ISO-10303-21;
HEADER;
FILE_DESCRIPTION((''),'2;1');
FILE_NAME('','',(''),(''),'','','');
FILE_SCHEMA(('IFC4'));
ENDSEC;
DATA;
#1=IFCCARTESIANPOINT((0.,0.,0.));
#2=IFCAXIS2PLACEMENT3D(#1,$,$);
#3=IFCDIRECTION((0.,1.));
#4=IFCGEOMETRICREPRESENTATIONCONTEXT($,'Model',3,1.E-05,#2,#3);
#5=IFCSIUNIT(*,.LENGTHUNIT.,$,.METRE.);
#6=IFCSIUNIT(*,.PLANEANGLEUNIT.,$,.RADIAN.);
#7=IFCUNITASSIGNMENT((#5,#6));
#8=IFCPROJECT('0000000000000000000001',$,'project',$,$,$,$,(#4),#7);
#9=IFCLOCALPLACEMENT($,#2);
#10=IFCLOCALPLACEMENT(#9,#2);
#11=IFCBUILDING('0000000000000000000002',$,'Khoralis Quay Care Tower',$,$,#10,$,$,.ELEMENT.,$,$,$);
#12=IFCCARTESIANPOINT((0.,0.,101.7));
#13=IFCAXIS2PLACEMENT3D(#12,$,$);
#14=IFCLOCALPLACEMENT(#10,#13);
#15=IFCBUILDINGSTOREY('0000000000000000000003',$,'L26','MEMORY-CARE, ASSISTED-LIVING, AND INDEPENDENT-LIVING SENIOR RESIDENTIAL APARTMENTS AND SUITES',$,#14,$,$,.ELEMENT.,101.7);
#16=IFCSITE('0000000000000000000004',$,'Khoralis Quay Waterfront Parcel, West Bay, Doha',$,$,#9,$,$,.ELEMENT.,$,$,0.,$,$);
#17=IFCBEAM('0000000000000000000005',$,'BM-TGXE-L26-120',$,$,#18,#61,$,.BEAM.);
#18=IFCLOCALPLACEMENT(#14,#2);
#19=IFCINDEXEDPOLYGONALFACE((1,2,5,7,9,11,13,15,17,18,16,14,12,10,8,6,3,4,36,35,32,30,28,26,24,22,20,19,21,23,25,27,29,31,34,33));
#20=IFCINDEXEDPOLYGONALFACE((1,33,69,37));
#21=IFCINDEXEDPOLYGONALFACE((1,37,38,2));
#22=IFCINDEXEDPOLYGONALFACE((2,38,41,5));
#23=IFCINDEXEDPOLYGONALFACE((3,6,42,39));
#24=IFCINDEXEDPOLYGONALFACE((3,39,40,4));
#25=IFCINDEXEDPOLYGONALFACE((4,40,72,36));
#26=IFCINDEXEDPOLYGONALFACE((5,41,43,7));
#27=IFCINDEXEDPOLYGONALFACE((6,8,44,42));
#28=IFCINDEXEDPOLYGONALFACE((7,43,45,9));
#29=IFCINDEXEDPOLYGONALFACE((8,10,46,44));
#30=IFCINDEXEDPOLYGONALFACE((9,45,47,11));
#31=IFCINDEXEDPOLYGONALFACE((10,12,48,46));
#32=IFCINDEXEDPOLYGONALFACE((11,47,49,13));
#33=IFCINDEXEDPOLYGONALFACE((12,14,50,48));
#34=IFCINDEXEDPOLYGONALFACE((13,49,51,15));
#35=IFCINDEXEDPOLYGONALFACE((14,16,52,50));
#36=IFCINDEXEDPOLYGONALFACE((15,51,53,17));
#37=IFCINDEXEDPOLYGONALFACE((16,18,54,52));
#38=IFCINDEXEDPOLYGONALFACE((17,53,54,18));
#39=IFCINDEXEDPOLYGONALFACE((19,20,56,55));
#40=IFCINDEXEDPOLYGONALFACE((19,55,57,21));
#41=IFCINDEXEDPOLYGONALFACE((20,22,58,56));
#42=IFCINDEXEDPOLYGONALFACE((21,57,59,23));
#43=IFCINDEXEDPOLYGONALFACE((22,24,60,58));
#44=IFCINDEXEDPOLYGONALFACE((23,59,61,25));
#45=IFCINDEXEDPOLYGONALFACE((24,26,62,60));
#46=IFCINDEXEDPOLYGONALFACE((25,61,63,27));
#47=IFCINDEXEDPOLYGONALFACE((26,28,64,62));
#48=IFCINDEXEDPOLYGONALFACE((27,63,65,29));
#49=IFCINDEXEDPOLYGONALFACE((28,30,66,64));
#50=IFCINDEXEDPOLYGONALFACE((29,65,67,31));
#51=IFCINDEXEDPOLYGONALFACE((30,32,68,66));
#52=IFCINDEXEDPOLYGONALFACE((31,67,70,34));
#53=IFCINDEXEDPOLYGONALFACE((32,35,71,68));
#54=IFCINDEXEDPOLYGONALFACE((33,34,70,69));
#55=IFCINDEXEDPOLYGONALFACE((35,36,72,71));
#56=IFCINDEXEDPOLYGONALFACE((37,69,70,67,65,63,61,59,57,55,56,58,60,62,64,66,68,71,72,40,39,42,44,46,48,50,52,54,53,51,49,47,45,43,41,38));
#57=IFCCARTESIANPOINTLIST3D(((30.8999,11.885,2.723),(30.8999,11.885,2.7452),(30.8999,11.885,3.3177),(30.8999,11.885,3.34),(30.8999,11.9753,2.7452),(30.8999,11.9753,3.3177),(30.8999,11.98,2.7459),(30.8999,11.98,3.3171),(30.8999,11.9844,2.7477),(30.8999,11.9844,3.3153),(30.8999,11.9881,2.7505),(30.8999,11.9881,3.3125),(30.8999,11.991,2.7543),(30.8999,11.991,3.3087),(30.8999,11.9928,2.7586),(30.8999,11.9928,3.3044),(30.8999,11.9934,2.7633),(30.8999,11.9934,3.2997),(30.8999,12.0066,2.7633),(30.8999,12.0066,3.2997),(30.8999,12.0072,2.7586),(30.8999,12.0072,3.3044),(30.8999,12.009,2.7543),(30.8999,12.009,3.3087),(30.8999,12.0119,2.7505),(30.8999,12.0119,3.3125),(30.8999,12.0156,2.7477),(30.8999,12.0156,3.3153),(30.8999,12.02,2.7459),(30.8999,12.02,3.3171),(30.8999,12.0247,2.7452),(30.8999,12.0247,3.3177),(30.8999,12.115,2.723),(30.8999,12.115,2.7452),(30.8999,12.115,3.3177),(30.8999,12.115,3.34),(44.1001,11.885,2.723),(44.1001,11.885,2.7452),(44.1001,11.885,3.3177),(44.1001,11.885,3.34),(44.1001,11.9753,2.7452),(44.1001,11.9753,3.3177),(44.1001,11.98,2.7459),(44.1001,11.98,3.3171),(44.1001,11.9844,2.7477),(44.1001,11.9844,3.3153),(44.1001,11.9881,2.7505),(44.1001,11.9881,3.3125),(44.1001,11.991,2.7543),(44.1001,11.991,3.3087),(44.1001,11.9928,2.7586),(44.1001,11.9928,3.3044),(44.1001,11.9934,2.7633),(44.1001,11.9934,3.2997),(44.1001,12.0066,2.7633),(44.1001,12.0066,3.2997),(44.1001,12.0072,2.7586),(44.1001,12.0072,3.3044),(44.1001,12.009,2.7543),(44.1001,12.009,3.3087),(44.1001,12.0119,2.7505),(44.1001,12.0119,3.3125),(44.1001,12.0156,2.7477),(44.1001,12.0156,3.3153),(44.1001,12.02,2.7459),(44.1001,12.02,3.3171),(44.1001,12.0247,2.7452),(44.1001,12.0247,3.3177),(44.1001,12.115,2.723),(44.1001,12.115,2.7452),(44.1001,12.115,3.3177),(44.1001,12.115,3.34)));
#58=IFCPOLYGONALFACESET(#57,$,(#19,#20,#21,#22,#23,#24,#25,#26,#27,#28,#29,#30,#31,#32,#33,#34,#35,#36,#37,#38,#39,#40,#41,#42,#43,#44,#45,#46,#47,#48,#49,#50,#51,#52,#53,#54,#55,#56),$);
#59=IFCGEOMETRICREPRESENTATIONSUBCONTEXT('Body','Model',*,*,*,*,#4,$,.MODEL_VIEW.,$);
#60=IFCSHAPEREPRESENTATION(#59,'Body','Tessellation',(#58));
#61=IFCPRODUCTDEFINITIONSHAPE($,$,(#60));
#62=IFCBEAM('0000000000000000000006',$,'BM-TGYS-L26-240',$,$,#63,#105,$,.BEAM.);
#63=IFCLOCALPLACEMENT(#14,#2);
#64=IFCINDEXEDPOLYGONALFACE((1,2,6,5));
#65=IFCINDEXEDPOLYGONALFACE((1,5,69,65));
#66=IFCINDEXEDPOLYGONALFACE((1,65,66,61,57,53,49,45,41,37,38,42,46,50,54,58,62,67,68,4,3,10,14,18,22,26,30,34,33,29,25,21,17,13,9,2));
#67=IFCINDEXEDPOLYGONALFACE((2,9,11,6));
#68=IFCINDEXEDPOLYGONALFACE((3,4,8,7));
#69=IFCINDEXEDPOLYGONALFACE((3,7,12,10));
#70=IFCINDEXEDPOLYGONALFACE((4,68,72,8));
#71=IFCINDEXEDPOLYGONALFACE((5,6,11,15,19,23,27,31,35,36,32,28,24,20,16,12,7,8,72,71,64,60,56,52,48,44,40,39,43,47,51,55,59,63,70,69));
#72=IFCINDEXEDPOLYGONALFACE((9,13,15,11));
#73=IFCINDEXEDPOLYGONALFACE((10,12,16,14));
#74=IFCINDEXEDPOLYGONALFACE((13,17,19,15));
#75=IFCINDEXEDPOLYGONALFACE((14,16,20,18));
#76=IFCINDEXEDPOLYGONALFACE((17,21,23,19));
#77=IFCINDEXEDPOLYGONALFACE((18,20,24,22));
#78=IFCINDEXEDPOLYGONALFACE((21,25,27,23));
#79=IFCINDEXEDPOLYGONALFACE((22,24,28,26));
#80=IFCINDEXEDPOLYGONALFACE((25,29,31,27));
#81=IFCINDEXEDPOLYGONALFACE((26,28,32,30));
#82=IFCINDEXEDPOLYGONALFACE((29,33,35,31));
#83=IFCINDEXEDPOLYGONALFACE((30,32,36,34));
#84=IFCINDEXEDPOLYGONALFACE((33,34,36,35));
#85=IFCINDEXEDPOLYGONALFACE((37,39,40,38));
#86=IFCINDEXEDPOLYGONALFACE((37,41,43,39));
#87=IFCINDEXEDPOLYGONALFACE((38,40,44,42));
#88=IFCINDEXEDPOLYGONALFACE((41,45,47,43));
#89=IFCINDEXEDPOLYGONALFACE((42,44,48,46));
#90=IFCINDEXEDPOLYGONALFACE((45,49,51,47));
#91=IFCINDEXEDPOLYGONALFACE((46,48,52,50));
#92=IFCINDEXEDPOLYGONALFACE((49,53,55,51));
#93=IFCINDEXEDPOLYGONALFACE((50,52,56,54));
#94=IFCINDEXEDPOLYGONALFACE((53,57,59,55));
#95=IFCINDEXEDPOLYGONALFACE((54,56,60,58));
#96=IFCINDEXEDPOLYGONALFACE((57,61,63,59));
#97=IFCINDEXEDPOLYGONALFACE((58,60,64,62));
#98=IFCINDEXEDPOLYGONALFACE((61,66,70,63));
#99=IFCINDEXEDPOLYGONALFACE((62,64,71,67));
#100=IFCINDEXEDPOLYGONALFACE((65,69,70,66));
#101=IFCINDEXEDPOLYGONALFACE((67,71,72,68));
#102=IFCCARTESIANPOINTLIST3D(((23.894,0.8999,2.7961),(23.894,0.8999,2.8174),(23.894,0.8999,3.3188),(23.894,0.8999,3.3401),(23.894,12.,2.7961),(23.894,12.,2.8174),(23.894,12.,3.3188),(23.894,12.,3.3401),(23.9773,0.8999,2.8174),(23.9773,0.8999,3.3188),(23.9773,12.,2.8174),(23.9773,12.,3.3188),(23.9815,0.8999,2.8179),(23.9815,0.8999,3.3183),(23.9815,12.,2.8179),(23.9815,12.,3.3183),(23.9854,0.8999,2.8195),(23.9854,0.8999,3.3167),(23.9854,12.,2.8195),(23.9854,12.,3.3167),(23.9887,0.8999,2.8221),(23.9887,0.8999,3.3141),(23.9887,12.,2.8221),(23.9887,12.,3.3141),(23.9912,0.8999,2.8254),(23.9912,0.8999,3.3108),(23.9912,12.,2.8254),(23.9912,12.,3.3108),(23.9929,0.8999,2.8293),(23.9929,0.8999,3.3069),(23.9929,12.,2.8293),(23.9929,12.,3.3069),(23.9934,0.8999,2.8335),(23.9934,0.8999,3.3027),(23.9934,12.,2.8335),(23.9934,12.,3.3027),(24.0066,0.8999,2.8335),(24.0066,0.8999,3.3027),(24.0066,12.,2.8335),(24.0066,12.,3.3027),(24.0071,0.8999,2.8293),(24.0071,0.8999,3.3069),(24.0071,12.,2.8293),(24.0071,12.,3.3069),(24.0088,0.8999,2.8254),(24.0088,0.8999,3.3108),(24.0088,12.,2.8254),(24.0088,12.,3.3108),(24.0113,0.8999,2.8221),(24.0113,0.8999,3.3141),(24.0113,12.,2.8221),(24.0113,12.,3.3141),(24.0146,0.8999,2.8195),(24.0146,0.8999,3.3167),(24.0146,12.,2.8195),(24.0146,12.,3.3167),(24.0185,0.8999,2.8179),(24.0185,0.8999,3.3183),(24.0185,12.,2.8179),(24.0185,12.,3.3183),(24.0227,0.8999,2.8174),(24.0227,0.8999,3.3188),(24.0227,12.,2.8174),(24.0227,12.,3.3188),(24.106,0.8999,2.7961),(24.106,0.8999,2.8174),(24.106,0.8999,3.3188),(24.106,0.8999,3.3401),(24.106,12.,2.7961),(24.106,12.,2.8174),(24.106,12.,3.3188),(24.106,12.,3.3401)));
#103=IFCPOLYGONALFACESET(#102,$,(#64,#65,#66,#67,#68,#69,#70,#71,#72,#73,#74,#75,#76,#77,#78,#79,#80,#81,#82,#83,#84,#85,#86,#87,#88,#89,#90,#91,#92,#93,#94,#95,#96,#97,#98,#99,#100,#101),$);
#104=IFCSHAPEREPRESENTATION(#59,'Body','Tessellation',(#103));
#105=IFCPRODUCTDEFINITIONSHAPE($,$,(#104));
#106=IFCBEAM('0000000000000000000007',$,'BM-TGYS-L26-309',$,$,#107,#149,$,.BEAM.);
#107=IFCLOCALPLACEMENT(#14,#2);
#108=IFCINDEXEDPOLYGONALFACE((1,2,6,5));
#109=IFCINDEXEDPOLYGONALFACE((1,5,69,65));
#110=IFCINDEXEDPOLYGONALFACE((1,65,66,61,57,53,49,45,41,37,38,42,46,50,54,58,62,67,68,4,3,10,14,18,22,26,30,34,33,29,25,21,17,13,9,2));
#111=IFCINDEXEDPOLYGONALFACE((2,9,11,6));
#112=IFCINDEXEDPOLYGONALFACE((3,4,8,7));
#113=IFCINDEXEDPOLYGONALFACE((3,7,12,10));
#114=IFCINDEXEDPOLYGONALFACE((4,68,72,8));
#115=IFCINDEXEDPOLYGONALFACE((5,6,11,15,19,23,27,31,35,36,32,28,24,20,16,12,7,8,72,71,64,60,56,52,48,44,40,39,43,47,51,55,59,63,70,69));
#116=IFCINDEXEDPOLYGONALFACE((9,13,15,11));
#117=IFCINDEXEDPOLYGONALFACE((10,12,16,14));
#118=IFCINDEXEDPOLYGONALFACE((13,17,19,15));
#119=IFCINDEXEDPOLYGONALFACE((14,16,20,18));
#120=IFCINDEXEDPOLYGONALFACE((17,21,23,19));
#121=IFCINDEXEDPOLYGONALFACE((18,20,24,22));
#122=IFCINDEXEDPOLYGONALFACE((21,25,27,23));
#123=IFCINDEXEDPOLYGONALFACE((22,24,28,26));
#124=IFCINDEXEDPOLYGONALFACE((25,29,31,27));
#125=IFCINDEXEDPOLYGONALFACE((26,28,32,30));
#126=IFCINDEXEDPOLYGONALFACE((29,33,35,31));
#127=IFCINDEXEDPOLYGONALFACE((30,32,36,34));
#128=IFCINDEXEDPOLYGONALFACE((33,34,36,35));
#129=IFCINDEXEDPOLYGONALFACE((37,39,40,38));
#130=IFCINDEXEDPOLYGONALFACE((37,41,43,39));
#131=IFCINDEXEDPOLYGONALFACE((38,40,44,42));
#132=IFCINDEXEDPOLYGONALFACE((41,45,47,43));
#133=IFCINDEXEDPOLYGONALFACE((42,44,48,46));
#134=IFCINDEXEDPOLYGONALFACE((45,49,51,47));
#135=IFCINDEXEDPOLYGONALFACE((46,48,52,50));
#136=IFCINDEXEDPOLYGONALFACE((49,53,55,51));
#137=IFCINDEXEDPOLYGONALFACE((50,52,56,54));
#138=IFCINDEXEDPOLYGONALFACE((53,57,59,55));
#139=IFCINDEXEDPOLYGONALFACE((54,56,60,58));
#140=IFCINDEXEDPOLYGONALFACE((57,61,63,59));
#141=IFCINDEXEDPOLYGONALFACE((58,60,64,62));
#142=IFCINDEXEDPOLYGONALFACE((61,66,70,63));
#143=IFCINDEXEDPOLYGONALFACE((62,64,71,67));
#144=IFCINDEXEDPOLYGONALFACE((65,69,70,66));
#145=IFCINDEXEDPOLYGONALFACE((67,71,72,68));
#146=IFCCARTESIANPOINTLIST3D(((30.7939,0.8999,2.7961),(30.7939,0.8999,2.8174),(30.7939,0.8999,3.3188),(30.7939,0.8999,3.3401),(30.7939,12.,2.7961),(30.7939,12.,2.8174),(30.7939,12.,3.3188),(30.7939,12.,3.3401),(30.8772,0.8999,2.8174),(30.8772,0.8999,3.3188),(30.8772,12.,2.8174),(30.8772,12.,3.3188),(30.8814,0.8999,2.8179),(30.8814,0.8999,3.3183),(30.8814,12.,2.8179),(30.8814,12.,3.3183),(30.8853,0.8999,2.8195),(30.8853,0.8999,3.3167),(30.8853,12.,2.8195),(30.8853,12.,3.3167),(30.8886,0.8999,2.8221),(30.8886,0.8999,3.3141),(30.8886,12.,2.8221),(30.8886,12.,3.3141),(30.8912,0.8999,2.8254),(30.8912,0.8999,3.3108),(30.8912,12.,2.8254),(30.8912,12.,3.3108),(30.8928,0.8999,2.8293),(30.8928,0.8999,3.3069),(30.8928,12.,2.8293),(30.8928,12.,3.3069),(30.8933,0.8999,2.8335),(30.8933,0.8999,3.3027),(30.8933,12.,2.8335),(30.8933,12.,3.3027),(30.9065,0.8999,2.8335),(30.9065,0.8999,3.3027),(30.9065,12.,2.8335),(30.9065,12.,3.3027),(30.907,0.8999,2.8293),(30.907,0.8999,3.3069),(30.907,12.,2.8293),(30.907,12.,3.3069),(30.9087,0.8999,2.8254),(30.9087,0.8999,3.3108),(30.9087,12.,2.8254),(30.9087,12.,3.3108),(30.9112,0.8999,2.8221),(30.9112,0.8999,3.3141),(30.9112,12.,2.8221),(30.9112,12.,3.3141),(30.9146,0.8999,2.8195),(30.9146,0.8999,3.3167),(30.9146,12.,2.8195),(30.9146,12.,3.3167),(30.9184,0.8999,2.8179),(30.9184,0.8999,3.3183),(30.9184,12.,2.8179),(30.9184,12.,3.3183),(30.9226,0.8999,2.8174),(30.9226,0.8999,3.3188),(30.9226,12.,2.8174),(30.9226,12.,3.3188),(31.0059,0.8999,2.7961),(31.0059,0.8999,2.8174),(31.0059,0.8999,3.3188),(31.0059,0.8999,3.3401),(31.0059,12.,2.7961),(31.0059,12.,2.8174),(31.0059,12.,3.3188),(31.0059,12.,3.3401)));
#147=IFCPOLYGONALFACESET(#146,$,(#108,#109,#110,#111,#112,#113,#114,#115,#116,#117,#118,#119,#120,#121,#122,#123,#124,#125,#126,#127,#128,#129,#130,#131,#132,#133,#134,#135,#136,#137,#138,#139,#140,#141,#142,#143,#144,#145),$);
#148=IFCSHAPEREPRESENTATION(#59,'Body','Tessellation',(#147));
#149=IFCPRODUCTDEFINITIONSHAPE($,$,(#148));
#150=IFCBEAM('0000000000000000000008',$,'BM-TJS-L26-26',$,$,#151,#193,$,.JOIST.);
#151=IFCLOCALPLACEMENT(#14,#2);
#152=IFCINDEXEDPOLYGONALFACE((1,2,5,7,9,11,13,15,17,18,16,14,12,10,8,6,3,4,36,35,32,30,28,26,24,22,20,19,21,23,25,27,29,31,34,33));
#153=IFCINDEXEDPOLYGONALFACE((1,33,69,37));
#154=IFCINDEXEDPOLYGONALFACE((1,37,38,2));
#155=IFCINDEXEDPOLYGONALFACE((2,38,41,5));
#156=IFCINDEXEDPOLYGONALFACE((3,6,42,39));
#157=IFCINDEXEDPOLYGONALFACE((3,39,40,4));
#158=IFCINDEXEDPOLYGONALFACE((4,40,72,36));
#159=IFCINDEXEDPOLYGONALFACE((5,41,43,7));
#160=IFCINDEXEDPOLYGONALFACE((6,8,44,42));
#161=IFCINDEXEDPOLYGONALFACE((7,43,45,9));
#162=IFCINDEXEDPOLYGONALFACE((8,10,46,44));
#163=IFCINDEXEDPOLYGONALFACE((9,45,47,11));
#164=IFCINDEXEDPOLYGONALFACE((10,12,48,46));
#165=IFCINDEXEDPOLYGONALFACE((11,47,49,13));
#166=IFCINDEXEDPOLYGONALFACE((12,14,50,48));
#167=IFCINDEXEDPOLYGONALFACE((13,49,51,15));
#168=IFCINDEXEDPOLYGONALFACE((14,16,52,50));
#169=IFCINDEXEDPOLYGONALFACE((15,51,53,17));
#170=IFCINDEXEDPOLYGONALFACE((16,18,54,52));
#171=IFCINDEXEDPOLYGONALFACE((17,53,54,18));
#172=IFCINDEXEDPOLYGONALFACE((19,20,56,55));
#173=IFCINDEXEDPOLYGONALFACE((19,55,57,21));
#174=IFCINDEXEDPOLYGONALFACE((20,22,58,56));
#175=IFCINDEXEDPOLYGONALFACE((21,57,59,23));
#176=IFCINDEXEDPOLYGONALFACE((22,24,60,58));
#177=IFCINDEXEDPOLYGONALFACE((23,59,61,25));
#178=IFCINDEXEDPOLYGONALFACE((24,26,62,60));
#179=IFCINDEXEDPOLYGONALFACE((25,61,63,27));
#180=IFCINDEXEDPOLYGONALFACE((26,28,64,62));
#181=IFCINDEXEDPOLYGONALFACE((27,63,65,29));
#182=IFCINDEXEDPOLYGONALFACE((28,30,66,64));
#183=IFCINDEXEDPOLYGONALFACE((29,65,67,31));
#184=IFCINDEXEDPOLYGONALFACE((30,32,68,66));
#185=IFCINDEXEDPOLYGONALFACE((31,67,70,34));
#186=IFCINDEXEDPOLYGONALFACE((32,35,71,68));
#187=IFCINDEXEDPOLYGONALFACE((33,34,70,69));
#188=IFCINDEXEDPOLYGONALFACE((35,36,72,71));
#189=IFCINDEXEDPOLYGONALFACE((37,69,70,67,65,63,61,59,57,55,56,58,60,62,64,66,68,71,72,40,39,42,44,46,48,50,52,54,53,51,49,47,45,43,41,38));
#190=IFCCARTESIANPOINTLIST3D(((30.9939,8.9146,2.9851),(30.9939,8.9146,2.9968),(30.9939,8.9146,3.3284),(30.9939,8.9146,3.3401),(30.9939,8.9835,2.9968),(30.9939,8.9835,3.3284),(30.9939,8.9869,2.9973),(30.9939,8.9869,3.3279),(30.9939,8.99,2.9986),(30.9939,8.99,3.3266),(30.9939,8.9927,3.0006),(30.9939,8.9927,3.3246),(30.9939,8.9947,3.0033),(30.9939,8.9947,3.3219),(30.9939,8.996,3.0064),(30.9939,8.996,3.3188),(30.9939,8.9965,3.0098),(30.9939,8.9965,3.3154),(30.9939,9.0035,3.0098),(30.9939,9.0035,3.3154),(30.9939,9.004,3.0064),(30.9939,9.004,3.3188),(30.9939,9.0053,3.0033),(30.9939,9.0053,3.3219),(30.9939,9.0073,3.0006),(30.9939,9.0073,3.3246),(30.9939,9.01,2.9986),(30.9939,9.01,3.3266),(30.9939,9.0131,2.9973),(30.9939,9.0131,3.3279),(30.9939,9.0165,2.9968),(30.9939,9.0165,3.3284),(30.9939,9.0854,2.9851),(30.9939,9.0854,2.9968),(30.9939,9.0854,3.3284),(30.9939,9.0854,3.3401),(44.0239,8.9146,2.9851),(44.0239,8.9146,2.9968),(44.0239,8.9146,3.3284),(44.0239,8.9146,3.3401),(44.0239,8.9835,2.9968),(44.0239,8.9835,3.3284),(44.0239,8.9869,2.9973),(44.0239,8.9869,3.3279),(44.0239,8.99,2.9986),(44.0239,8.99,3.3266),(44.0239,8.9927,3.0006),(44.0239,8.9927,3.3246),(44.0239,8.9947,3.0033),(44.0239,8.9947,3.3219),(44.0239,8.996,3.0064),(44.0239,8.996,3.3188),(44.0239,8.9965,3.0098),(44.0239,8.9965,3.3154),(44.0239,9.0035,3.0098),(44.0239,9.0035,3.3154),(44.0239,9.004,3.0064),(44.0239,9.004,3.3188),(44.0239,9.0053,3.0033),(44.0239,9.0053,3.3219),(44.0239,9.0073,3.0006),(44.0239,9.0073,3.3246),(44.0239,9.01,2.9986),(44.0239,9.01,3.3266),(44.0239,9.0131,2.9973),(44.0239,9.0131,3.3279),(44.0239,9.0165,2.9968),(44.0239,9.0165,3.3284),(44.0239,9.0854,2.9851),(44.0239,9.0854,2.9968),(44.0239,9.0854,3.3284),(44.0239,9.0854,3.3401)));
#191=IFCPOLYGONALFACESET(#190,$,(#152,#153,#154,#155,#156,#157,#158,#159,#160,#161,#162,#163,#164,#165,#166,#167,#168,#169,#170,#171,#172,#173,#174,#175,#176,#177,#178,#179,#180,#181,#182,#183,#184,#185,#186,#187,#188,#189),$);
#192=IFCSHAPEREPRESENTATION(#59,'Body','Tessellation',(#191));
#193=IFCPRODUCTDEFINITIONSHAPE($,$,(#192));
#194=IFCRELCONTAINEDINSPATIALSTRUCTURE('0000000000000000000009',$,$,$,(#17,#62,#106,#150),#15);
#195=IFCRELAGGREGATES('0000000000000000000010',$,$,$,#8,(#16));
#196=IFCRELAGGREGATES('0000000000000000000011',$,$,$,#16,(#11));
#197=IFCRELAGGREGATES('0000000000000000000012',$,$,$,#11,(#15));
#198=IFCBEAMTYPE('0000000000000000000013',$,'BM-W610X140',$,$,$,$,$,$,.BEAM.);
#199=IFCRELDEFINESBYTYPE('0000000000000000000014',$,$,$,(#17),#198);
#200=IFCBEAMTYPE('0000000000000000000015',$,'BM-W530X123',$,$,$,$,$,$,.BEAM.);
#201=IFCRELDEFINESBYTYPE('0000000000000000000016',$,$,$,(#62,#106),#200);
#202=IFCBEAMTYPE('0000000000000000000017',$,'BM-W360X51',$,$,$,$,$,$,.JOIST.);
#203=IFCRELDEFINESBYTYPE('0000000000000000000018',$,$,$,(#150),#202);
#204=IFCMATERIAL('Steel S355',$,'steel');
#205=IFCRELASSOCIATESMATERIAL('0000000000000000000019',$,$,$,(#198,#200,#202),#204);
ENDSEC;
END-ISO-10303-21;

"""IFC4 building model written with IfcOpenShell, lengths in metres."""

from ifc_helpers import new_model, si_unit, direction, frame, origin, origin_2d, place, context, subcontext, project, spatial, i_section, extrude, source, transform, mapped, material, material_profile, profile_set, type_object, element, save


model = new_model("IFC4")

# Units and contexts
model_context = context("Model", 3, precision=1e-05, world=origin(), true_north=direction((0.0, 1.0)))
body_context = subcontext(model_context, "Body", "Model", "MODEL_VIEW")
ifc_project = project(units=[si_unit("LENGTHUNIT", "METRE"), si_unit("PLANEANGLEUNIT", "RADIAN")], contexts=[model_context])

# Site, building, storey
site_placement = place(None, origin())
site = spatial("IfcSite", under=ifc_project, at=site_placement, Name="Khoralis Quay Waterfront Parcel, West Bay, Doha", CompositionType="ELEMENT", RefElevation=0.0)
building_placement = place(site_placement, origin())
building = spatial("IfcBuilding", under=site, at=building_placement, Name="Khoralis Quay Care Tower", CompositionType="ELEMENT")
storey_placement = place(building_placement, frame((0.0, 0.0, 101.7)))
storey = spatial("IfcBuildingStorey", under=building, at=storey_placement, Name="L26", Description="MEMORY-CARE, ASSISTED-LIVING, AND INDEPENDENT-LIVING SENIOR RESIDENTIAL APARTMENTS AND SUITES", CompositionType="ELEMENT", Elevation=101.7)

# Beams
ifc_material_1 = material(Name="Steel S355", Category="steel")
ifc_material_profile_1 = material_profile(ifc_material_1, i_section(OverallWidth=0.23, OverallDepth=0.6169, WebThickness=0.0132, FlangeThickness=0.0222, FilletRadius=0.0181, at=origin_2d()), Name="Steel S355")
ifc_profile_set_1 = profile_set([ifc_material_profile_1], Name="Steel S355")
beam_type_1 = type_object("IfcBeamType", Name="BM-W610X140", PredefinedType="BEAM", material=ifc_profile_set_1)
shared_shape_1 = source(origin(), body_context, "Body", "SweptSolid", [
    extrude(i_section(OverallWidth=0.23, OverallDepth=0.6169, WebThickness=0.0132, FlangeThickness=0.0222, FilletRadius=0.0181, at=origin_2d()), origin(), (0.0, 0.0, 1.0), 13.2002),
])
beam_1_placement = place(storey_placement, frame((30.8999, 12.0, 3.0315), z_axis=(1.0, 0.0, 0.0), x_axis=(0.0, 1.0, 0.0)))
element("IfcBeam", 1, at=beam_1_placement, inside=storey, type_object=beam_type_1, Name="BM-TGXE-L26-120", PredefinedType="BEAM", context=body_context, shape_type="MappedRepresentation", body=[
    mapped(shared_shape_1, transform((0.0, 0.0, 0.0), scale=1.0)),
])
ifc_material_profile_2 = material_profile(ifc_material_1, i_section(OverallWidth=0.2119, OverallDepth=0.5439, WebThickness=0.0132, FlangeThickness=0.0212, FilletRadius=0.0161, at=origin_2d()), Name="Steel S355")
ifc_profile_set_2 = profile_set([ifc_material_profile_2], Name="Steel S355")
beam_type_2 = type_object("IfcBeamType", Name="BM-W530X123", PredefinedType="BEAM", material=ifc_profile_set_2)
shared_shape_2 = source(origin(), body_context, "Body", "SweptSolid", [
    extrude(i_section(OverallWidth=0.2119, OverallDepth=0.5439, WebThickness=0.0132, FlangeThickness=0.0212, FilletRadius=0.0161, at=origin_2d()), origin(), (0.0, 0.0, 1.0), 11.1001),
])
for number, where, z_axis, x_axis, name in (
    (2, (24.0, 0.8999, 3.0681), (0.0, 1.0, 0.0), (-1.0, 0.0, 0.0), "BM-TGYS-L26-240"),
    (3, (30.8999, 0.8999, 3.0681), (0.0, 1.0, 0.0), (-1.0, 0.0, 0.0), "BM-TGYS-L26-309"),
):
    element("IfcBeam", number, at=place(storey_placement, frame(where, z_axis=z_axis, x_axis=x_axis)), inside=storey, type_object=beam_type_2, Name=name, PredefinedType="BEAM", context=body_context, shape_type="MappedRepresentation", body=[
        mapped(shared_shape_2, transform((0.0, 0.0, 0.0), scale=1.0)),
    ])
ifc_material_profile_3 = material_profile(ifc_material_1, i_section(OverallWidth=0.1709, OverallDepth=0.355, WebThickness=0.0071, FlangeThickness=0.0117, FilletRadius=0.0129, at=origin_2d()), Name="Steel S355")
ifc_profile_set_3 = profile_set([ifc_material_profile_3], Name="Steel S355")
beam_type_3 = type_object("IfcBeamType", Name="BM-W360X51", PredefinedType="JOIST", material=ifc_profile_set_3)
shared_shape_3 = source(origin(), body_context, "Body", "SweptSolid", [
    extrude(i_section(OverallWidth=0.1709, OverallDepth=0.355, WebThickness=0.0071, FlangeThickness=0.0117, FilletRadius=0.0129, at=origin_2d()), origin(), (0.0, 0.0, 1.0), 13.03),
])
beam_2_placement = place(storey_placement, frame((30.9939, 9.0, 3.1626), z_axis=(1.0, 0.0, 0.0), x_axis=(0.0, 1.0, 0.0)))
element("IfcBeam", 4, at=beam_2_placement, inside=storey, type_object=beam_type_3, Name="BM-TJS-L26-26", PredefinedType="JOIST", context=body_context, shape_type="MappedRepresentation", body=[
    mapped(shared_shape_3, transform((0.0, 0.0, 0.0), scale=1.0)),
])

save(model, "model.ifc")
